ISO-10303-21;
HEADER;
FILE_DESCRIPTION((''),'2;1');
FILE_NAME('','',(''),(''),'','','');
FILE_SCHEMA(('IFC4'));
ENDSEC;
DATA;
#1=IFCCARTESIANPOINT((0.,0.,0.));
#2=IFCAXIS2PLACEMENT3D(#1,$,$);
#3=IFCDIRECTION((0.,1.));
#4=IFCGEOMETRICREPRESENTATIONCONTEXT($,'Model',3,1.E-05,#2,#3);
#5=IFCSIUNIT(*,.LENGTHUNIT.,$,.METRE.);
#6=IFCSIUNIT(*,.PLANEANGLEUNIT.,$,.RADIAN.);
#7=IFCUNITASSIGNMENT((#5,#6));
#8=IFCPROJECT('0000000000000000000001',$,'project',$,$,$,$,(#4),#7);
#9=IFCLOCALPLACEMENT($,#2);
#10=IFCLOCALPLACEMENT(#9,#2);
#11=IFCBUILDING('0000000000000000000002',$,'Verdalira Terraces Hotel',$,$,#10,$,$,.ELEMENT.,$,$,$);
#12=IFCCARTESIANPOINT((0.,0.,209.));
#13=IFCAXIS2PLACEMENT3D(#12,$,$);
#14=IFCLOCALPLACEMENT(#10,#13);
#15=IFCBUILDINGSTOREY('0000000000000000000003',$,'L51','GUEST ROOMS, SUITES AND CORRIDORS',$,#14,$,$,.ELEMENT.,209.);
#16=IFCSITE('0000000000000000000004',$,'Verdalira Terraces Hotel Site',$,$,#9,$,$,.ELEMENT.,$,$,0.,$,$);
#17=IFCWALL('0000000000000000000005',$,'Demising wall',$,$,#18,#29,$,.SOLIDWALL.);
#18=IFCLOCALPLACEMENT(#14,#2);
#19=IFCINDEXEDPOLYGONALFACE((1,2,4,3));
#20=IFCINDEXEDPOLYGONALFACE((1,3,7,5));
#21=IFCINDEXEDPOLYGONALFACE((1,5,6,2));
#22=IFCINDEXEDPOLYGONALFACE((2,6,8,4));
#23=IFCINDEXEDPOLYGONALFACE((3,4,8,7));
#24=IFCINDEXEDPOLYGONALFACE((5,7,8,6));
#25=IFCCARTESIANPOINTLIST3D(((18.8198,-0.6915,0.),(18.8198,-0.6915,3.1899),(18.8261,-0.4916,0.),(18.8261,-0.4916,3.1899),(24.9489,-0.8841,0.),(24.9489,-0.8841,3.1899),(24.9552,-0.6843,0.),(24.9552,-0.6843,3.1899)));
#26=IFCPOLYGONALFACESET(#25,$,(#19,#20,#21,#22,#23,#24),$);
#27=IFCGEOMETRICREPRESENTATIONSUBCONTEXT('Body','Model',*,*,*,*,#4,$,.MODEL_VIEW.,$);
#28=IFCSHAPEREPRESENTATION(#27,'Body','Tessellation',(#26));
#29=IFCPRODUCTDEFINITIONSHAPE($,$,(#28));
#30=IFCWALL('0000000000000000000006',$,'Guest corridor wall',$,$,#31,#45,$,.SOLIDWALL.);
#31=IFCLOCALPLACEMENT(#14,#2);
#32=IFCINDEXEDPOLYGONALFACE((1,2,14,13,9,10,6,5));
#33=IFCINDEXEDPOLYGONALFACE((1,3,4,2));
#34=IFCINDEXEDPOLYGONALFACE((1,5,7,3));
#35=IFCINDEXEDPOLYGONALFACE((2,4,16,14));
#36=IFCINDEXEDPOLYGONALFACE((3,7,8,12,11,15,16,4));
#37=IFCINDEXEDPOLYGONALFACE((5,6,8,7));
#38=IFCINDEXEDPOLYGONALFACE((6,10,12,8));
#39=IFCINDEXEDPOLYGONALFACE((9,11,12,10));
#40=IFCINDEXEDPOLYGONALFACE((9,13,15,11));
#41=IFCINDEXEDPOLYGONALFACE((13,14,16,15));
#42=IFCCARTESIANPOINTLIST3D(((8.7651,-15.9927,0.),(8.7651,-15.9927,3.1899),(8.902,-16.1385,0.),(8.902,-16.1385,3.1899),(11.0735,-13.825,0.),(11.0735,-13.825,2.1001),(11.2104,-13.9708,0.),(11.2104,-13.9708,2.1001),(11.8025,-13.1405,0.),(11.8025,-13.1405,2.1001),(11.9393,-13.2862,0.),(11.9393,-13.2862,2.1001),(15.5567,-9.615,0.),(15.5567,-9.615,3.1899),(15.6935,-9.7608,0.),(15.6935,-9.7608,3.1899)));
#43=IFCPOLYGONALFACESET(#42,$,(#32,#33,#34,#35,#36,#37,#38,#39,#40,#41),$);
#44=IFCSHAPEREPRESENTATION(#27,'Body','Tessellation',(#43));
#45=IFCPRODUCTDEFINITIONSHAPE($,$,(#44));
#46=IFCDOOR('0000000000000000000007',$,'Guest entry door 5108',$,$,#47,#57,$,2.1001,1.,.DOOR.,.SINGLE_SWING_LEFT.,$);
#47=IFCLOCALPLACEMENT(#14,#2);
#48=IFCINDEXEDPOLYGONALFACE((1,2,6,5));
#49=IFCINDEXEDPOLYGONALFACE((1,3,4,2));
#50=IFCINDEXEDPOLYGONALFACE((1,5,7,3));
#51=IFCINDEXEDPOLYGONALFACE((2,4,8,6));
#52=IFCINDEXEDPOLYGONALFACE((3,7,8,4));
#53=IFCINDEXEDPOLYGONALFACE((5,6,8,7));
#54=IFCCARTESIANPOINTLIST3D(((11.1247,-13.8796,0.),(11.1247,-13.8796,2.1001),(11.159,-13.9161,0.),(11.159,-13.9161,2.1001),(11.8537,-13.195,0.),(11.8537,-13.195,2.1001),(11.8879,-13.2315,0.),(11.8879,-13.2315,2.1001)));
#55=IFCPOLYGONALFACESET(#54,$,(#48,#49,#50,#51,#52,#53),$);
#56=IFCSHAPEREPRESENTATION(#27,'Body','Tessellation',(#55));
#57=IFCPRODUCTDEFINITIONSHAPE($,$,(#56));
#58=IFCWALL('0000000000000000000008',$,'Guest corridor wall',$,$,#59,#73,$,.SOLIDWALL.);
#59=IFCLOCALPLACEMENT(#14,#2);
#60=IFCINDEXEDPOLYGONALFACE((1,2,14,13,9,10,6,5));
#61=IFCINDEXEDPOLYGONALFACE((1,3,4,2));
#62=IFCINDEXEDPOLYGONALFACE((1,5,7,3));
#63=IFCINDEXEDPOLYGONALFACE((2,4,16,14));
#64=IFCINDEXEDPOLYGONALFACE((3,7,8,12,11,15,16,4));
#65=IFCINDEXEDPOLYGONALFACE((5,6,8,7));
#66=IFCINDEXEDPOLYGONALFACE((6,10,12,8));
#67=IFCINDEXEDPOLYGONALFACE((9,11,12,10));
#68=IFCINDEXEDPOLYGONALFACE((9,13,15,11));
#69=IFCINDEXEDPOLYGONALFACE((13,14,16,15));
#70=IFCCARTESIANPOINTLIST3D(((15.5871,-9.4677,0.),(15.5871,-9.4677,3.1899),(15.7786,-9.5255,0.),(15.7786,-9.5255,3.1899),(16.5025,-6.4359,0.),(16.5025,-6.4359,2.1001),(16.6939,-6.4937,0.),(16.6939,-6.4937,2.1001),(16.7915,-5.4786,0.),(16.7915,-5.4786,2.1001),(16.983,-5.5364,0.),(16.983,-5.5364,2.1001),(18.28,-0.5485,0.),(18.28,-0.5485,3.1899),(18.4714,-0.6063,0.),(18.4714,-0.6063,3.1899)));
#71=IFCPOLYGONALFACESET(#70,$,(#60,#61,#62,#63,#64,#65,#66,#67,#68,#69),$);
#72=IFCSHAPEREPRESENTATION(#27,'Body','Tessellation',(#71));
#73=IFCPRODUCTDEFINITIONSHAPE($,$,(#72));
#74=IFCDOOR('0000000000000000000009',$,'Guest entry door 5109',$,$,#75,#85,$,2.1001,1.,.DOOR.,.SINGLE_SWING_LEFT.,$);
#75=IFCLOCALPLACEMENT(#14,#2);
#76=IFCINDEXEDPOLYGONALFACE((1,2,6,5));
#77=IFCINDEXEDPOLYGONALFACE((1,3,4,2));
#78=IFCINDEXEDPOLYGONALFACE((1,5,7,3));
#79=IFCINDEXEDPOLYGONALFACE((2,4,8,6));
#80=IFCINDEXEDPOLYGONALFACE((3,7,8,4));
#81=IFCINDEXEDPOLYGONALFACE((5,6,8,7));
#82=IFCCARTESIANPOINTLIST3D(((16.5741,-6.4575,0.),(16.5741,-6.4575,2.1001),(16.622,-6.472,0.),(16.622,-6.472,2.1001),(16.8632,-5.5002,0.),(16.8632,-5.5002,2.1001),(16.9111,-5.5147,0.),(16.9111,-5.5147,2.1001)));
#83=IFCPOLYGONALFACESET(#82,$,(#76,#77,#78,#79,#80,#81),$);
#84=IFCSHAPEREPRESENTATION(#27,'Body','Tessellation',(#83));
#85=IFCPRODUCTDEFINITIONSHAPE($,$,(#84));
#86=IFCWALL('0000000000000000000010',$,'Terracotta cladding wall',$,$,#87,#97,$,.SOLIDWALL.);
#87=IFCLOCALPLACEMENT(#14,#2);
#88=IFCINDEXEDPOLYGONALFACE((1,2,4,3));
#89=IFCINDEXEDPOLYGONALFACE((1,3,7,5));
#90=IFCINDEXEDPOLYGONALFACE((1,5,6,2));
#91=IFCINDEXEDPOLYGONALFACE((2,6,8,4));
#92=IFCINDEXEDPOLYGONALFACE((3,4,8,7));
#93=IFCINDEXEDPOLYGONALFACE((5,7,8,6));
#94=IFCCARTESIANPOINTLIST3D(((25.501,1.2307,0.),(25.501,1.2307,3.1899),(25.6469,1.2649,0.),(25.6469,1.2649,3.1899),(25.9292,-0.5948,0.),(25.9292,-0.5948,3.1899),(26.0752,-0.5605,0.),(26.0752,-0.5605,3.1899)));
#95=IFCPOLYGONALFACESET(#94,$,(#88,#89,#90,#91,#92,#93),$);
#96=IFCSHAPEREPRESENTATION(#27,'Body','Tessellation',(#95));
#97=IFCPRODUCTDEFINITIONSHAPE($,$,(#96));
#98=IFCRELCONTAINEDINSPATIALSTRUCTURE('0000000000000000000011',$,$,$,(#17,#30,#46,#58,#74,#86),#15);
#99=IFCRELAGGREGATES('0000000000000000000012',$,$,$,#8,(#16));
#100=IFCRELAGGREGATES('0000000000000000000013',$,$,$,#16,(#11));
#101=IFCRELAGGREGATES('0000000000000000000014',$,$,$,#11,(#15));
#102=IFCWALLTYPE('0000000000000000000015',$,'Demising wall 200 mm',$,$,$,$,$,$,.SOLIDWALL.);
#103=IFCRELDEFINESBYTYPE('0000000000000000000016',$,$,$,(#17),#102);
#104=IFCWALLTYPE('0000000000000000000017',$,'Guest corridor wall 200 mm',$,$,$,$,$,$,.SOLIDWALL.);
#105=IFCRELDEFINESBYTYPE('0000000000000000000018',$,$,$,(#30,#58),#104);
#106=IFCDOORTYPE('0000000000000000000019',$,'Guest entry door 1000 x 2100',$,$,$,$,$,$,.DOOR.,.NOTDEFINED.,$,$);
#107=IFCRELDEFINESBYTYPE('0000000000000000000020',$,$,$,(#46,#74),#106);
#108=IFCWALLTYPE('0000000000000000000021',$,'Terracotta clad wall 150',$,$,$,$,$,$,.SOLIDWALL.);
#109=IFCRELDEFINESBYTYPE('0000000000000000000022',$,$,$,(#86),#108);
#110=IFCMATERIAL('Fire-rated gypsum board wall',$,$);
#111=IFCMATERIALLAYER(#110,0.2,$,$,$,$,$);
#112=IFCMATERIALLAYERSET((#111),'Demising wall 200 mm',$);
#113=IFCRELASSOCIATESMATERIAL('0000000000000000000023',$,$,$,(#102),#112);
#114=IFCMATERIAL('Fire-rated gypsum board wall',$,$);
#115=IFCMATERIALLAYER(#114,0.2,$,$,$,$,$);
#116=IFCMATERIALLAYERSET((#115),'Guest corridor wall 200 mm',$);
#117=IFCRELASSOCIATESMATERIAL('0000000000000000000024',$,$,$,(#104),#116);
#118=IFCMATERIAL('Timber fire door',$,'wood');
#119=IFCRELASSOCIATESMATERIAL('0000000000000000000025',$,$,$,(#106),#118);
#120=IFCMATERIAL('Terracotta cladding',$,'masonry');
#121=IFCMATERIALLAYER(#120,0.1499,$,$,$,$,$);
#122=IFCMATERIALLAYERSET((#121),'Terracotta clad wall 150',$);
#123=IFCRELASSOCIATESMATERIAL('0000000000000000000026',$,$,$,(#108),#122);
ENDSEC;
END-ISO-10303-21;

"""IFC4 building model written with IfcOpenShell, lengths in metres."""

from ifc_helpers import new_model, si_unit, direction, frame, frame_2d, origin, place, context, subcontext, project, spatial, rectangle, extrude, material, layer, layer_set, type_object, element, fill, save


model = new_model("IFC4")

# Units and contexts
model_context = context("Model", 3, precision=1e-05, world=origin(), true_north=direction((0.0, 1.0)))
body_context = subcontext(model_context, "Body", "Model", "MODEL_VIEW")
ifc_project = project(units=[si_unit("LENGTHUNIT", "METRE"), si_unit("PLANEANGLEUNIT", "RADIAN")], contexts=[model_context])

# Site, building, storey
site_placement = place(None, origin())
site = spatial("IfcSite", under=ifc_project, at=site_placement, Name="Verdalira Terraces Hotel Site", CompositionType="ELEMENT", RefElevation=0.0)
building_placement = place(site_placement, origin())
building = spatial("IfcBuilding", under=site, at=building_placement, Name="Verdalira Terraces Hotel", CompositionType="ELEMENT")
storey_placement = place(building_placement, frame((0.0, 0.0, 209.0)))
storey = spatial("IfcBuildingStorey", under=building, at=storey_placement, Name="L51", Description="GUEST ROOMS, SUITES AND CORRIDORS", CompositionType="ELEMENT", Elevation=209.0)

# Wall
ifc_material_1 = material(Name="Fire-rated gypsum board wall")
ifc_layer_1 = layer(ifc_material_1, 0.2)
ifc_layer_set_1 = layer_set([ifc_layer_1], Name="Demising wall 200 mm")
wall_type_1 = type_object("IfcWallType", Name="Demising wall 200 mm", PredefinedType="SOLIDWALL", material=ifc_layer_set_1)
wall_1_placement = place(storey_placement, frame((24.9519, -0.7842, 0.0), z_axis=(0.0, 0.0, 1.0), x_axis=(-0.999507, 0.031412, 0.0)))
element("IfcWall", 1, at=wall_1_placement, inside=storey, type_object=wall_type_1, Name="Demising wall", PredefinedType="SOLIDWALL", context=body_context, shape_type="SweptSolid", body=[
    extrude(rectangle(XDim=6.1321, YDim=0.2, at=frame_2d((3.0659, 0.0))), origin(), (0.0, 0.0, 1.0), 3.1899),
])

# Walls, openings, doors
ifc_material_2 = material(Name="Fire-rated gypsum board wall")
ifc_layer_2 = layer(ifc_material_2, 0.2)
ifc_layer_set_2 = layer_set([ifc_layer_2], Name="Guest corridor wall 200 mm")
wall_type_2 = type_object("IfcWallType", Name="Guest corridor wall 200 mm", PredefinedType="SOLIDWALL", material=ifc_layer_set_2)
wall_2_placement = place(storey_placement, frame((15.625, -9.688, 0.0), z_axis=(0.0, 0.0, 1.0), x_axis=(-0.728967, -0.684549, 0.0)))
wall_2 = element("IfcWall", 2, at=wall_2_placement, inside=storey, type_object=wall_type_2, Name="Guest corridor wall", PredefinedType="SOLIDWALL", context=body_context, shape_type="SweptSolid", body=[
    extrude(rectangle(XDim=9.3166, YDim=0.2, at=frame_2d((4.6582, 0.0))), origin(), (0.0, 0.0, 1.0), 3.1899),
])
opening_1_placement = place(wall_2_placement, frame((5.1499, 0.0, 0.0)))
opening_1 = element("IfcOpeningElement", 3, at=opening_1_placement, cuts=wall_2, PredefinedType="OPENING", context=body_context, shape_type="SweptSolid", body=[
    extrude(rectangle(XDim=1.0, YDim=2.1001, at=frame_2d((0.5, 1.05))), frame((0.0, 0.1099, 0.0), z_axis=(0.0, -1.0, 0.0), x_axis=(1.0, 0.0, 0.0)), (0.0, 0.0, 1.0), 0.22),
])
ifc_material_3 = material(Name="Timber fire door", Category="wood")
door_type_1 = type_object("IfcDoorType", Name="Guest entry door 1000 x 2100", OperationType="NOTDEFINED", PredefinedType="DOOR", material=ifc_material_3)
door_1_placement = place(opening_1_placement, origin())
door_1 = element("IfcDoor", 4, at=door_1_placement, inside=storey, type_object=door_type_1, Name="Guest entry door 5108", OperationType="SINGLE_SWING_LEFT", OverallHeight=2.1001, OverallWidth=1.0, PredefinedType="DOOR", context=body_context, shape_type="SweptSolid", body=[
    extrude(rectangle(XDim=1.0, YDim=2.1001, at=frame_2d((0.5, 1.05))), frame((0.0, 0.0249, 0.0), z_axis=(0.0, -1.0, 0.0), x_axis=(1.0, 0.0, 0.0)), (0.0, 0.0, 1.0), 0.05),
])
fill(opening_1, door_1)
wall_3_placement = place(storey_placement, frame((18.3757, -0.5774, 0.0), z_axis=(0.0, 0.0, 1.0), x_axis=(-0.289033, -0.957319, 0.0)))
wall_3 = element("IfcWall", 5, at=wall_3_placement, inside=storey, type_object=wall_type_2, Name="Guest corridor wall", PredefinedType="SOLIDWALL", context=body_context, shape_type="SweptSolid", body=[
    extrude(rectangle(XDim=9.3169, YDim=0.2, at=frame_2d((4.6584, 0.0))), origin(), (0.0, 0.0, 1.0), 3.1899),
])
opening_2_placement = place(wall_3_placement, frame((5.1499, 0.0, 0.0)))
opening_2 = element("IfcOpeningElement", 6, at=opening_2_placement, cuts=wall_3, PredefinedType="OPENING", context=body_context, shape_type="SweptSolid", body=[
    extrude(rectangle(XDim=1.0, YDim=2.1001, at=frame_2d((0.5, 1.05))), frame((0.0, 0.1099, 0.0), z_axis=(0.0, -1.0, 0.0), x_axis=(1.0, 0.0, 0.0)), (0.0, 0.0, 1.0), 0.22),
])
door_2_placement = place(opening_2_placement, origin())
door_2 = element("IfcDoor", 7, at=door_2_placement, inside=storey, type_object=door_type_1, Name="Guest entry door 5109", OperationType="SINGLE_SWING_LEFT", OverallHeight=2.1001, OverallWidth=1.0, PredefinedType="DOOR", context=body_context, shape_type="SweptSolid", body=[
    extrude(rectangle(XDim=1.0, YDim=2.1001, at=frame_2d((0.5, 1.05))), frame((0.0, 0.0249, 0.0), z_axis=(0.0, -1.0, 0.0), x_axis=(1.0, 0.0, 0.0)), (0.0, 0.0, 1.0), 0.05),
])
fill(opening_2, door_2)

# Wall
ifc_material_4 = material(Name="Terracotta cladding", Category="masonry")
ifc_layer_3 = layer(ifc_material_4, 0.1499)
ifc_layer_set_3 = layer_set([ifc_layer_3], Name="Terracotta clad wall 150")
wall_type_3 = type_object("IfcWallType", Name="Terracotta clad wall 150", PredefinedType="SOLIDWALL", material=ifc_layer_set_3)
wall_4_placement = place(storey_placement, frame((26.0022, -0.5776, 0.0), z_axis=(0.0, 0.0, 1.0), x_axis=(-0.228386, 0.973571, 0.0)))
element("IfcWall", 8, at=wall_4_placement, inside=storey, type_object=wall_type_3, Name="Terracotta cladding wall", PredefinedType="SOLIDWALL", context=body_context, shape_type="SweptSolid", body=[
    extrude(rectangle(XDim=1.875, YDim=0.1499, at=frame_2d((0.9375, 0.0))), origin(), (0.0, 0.0, 1.0), 3.1899),
])

save(model, "model.ifc")
